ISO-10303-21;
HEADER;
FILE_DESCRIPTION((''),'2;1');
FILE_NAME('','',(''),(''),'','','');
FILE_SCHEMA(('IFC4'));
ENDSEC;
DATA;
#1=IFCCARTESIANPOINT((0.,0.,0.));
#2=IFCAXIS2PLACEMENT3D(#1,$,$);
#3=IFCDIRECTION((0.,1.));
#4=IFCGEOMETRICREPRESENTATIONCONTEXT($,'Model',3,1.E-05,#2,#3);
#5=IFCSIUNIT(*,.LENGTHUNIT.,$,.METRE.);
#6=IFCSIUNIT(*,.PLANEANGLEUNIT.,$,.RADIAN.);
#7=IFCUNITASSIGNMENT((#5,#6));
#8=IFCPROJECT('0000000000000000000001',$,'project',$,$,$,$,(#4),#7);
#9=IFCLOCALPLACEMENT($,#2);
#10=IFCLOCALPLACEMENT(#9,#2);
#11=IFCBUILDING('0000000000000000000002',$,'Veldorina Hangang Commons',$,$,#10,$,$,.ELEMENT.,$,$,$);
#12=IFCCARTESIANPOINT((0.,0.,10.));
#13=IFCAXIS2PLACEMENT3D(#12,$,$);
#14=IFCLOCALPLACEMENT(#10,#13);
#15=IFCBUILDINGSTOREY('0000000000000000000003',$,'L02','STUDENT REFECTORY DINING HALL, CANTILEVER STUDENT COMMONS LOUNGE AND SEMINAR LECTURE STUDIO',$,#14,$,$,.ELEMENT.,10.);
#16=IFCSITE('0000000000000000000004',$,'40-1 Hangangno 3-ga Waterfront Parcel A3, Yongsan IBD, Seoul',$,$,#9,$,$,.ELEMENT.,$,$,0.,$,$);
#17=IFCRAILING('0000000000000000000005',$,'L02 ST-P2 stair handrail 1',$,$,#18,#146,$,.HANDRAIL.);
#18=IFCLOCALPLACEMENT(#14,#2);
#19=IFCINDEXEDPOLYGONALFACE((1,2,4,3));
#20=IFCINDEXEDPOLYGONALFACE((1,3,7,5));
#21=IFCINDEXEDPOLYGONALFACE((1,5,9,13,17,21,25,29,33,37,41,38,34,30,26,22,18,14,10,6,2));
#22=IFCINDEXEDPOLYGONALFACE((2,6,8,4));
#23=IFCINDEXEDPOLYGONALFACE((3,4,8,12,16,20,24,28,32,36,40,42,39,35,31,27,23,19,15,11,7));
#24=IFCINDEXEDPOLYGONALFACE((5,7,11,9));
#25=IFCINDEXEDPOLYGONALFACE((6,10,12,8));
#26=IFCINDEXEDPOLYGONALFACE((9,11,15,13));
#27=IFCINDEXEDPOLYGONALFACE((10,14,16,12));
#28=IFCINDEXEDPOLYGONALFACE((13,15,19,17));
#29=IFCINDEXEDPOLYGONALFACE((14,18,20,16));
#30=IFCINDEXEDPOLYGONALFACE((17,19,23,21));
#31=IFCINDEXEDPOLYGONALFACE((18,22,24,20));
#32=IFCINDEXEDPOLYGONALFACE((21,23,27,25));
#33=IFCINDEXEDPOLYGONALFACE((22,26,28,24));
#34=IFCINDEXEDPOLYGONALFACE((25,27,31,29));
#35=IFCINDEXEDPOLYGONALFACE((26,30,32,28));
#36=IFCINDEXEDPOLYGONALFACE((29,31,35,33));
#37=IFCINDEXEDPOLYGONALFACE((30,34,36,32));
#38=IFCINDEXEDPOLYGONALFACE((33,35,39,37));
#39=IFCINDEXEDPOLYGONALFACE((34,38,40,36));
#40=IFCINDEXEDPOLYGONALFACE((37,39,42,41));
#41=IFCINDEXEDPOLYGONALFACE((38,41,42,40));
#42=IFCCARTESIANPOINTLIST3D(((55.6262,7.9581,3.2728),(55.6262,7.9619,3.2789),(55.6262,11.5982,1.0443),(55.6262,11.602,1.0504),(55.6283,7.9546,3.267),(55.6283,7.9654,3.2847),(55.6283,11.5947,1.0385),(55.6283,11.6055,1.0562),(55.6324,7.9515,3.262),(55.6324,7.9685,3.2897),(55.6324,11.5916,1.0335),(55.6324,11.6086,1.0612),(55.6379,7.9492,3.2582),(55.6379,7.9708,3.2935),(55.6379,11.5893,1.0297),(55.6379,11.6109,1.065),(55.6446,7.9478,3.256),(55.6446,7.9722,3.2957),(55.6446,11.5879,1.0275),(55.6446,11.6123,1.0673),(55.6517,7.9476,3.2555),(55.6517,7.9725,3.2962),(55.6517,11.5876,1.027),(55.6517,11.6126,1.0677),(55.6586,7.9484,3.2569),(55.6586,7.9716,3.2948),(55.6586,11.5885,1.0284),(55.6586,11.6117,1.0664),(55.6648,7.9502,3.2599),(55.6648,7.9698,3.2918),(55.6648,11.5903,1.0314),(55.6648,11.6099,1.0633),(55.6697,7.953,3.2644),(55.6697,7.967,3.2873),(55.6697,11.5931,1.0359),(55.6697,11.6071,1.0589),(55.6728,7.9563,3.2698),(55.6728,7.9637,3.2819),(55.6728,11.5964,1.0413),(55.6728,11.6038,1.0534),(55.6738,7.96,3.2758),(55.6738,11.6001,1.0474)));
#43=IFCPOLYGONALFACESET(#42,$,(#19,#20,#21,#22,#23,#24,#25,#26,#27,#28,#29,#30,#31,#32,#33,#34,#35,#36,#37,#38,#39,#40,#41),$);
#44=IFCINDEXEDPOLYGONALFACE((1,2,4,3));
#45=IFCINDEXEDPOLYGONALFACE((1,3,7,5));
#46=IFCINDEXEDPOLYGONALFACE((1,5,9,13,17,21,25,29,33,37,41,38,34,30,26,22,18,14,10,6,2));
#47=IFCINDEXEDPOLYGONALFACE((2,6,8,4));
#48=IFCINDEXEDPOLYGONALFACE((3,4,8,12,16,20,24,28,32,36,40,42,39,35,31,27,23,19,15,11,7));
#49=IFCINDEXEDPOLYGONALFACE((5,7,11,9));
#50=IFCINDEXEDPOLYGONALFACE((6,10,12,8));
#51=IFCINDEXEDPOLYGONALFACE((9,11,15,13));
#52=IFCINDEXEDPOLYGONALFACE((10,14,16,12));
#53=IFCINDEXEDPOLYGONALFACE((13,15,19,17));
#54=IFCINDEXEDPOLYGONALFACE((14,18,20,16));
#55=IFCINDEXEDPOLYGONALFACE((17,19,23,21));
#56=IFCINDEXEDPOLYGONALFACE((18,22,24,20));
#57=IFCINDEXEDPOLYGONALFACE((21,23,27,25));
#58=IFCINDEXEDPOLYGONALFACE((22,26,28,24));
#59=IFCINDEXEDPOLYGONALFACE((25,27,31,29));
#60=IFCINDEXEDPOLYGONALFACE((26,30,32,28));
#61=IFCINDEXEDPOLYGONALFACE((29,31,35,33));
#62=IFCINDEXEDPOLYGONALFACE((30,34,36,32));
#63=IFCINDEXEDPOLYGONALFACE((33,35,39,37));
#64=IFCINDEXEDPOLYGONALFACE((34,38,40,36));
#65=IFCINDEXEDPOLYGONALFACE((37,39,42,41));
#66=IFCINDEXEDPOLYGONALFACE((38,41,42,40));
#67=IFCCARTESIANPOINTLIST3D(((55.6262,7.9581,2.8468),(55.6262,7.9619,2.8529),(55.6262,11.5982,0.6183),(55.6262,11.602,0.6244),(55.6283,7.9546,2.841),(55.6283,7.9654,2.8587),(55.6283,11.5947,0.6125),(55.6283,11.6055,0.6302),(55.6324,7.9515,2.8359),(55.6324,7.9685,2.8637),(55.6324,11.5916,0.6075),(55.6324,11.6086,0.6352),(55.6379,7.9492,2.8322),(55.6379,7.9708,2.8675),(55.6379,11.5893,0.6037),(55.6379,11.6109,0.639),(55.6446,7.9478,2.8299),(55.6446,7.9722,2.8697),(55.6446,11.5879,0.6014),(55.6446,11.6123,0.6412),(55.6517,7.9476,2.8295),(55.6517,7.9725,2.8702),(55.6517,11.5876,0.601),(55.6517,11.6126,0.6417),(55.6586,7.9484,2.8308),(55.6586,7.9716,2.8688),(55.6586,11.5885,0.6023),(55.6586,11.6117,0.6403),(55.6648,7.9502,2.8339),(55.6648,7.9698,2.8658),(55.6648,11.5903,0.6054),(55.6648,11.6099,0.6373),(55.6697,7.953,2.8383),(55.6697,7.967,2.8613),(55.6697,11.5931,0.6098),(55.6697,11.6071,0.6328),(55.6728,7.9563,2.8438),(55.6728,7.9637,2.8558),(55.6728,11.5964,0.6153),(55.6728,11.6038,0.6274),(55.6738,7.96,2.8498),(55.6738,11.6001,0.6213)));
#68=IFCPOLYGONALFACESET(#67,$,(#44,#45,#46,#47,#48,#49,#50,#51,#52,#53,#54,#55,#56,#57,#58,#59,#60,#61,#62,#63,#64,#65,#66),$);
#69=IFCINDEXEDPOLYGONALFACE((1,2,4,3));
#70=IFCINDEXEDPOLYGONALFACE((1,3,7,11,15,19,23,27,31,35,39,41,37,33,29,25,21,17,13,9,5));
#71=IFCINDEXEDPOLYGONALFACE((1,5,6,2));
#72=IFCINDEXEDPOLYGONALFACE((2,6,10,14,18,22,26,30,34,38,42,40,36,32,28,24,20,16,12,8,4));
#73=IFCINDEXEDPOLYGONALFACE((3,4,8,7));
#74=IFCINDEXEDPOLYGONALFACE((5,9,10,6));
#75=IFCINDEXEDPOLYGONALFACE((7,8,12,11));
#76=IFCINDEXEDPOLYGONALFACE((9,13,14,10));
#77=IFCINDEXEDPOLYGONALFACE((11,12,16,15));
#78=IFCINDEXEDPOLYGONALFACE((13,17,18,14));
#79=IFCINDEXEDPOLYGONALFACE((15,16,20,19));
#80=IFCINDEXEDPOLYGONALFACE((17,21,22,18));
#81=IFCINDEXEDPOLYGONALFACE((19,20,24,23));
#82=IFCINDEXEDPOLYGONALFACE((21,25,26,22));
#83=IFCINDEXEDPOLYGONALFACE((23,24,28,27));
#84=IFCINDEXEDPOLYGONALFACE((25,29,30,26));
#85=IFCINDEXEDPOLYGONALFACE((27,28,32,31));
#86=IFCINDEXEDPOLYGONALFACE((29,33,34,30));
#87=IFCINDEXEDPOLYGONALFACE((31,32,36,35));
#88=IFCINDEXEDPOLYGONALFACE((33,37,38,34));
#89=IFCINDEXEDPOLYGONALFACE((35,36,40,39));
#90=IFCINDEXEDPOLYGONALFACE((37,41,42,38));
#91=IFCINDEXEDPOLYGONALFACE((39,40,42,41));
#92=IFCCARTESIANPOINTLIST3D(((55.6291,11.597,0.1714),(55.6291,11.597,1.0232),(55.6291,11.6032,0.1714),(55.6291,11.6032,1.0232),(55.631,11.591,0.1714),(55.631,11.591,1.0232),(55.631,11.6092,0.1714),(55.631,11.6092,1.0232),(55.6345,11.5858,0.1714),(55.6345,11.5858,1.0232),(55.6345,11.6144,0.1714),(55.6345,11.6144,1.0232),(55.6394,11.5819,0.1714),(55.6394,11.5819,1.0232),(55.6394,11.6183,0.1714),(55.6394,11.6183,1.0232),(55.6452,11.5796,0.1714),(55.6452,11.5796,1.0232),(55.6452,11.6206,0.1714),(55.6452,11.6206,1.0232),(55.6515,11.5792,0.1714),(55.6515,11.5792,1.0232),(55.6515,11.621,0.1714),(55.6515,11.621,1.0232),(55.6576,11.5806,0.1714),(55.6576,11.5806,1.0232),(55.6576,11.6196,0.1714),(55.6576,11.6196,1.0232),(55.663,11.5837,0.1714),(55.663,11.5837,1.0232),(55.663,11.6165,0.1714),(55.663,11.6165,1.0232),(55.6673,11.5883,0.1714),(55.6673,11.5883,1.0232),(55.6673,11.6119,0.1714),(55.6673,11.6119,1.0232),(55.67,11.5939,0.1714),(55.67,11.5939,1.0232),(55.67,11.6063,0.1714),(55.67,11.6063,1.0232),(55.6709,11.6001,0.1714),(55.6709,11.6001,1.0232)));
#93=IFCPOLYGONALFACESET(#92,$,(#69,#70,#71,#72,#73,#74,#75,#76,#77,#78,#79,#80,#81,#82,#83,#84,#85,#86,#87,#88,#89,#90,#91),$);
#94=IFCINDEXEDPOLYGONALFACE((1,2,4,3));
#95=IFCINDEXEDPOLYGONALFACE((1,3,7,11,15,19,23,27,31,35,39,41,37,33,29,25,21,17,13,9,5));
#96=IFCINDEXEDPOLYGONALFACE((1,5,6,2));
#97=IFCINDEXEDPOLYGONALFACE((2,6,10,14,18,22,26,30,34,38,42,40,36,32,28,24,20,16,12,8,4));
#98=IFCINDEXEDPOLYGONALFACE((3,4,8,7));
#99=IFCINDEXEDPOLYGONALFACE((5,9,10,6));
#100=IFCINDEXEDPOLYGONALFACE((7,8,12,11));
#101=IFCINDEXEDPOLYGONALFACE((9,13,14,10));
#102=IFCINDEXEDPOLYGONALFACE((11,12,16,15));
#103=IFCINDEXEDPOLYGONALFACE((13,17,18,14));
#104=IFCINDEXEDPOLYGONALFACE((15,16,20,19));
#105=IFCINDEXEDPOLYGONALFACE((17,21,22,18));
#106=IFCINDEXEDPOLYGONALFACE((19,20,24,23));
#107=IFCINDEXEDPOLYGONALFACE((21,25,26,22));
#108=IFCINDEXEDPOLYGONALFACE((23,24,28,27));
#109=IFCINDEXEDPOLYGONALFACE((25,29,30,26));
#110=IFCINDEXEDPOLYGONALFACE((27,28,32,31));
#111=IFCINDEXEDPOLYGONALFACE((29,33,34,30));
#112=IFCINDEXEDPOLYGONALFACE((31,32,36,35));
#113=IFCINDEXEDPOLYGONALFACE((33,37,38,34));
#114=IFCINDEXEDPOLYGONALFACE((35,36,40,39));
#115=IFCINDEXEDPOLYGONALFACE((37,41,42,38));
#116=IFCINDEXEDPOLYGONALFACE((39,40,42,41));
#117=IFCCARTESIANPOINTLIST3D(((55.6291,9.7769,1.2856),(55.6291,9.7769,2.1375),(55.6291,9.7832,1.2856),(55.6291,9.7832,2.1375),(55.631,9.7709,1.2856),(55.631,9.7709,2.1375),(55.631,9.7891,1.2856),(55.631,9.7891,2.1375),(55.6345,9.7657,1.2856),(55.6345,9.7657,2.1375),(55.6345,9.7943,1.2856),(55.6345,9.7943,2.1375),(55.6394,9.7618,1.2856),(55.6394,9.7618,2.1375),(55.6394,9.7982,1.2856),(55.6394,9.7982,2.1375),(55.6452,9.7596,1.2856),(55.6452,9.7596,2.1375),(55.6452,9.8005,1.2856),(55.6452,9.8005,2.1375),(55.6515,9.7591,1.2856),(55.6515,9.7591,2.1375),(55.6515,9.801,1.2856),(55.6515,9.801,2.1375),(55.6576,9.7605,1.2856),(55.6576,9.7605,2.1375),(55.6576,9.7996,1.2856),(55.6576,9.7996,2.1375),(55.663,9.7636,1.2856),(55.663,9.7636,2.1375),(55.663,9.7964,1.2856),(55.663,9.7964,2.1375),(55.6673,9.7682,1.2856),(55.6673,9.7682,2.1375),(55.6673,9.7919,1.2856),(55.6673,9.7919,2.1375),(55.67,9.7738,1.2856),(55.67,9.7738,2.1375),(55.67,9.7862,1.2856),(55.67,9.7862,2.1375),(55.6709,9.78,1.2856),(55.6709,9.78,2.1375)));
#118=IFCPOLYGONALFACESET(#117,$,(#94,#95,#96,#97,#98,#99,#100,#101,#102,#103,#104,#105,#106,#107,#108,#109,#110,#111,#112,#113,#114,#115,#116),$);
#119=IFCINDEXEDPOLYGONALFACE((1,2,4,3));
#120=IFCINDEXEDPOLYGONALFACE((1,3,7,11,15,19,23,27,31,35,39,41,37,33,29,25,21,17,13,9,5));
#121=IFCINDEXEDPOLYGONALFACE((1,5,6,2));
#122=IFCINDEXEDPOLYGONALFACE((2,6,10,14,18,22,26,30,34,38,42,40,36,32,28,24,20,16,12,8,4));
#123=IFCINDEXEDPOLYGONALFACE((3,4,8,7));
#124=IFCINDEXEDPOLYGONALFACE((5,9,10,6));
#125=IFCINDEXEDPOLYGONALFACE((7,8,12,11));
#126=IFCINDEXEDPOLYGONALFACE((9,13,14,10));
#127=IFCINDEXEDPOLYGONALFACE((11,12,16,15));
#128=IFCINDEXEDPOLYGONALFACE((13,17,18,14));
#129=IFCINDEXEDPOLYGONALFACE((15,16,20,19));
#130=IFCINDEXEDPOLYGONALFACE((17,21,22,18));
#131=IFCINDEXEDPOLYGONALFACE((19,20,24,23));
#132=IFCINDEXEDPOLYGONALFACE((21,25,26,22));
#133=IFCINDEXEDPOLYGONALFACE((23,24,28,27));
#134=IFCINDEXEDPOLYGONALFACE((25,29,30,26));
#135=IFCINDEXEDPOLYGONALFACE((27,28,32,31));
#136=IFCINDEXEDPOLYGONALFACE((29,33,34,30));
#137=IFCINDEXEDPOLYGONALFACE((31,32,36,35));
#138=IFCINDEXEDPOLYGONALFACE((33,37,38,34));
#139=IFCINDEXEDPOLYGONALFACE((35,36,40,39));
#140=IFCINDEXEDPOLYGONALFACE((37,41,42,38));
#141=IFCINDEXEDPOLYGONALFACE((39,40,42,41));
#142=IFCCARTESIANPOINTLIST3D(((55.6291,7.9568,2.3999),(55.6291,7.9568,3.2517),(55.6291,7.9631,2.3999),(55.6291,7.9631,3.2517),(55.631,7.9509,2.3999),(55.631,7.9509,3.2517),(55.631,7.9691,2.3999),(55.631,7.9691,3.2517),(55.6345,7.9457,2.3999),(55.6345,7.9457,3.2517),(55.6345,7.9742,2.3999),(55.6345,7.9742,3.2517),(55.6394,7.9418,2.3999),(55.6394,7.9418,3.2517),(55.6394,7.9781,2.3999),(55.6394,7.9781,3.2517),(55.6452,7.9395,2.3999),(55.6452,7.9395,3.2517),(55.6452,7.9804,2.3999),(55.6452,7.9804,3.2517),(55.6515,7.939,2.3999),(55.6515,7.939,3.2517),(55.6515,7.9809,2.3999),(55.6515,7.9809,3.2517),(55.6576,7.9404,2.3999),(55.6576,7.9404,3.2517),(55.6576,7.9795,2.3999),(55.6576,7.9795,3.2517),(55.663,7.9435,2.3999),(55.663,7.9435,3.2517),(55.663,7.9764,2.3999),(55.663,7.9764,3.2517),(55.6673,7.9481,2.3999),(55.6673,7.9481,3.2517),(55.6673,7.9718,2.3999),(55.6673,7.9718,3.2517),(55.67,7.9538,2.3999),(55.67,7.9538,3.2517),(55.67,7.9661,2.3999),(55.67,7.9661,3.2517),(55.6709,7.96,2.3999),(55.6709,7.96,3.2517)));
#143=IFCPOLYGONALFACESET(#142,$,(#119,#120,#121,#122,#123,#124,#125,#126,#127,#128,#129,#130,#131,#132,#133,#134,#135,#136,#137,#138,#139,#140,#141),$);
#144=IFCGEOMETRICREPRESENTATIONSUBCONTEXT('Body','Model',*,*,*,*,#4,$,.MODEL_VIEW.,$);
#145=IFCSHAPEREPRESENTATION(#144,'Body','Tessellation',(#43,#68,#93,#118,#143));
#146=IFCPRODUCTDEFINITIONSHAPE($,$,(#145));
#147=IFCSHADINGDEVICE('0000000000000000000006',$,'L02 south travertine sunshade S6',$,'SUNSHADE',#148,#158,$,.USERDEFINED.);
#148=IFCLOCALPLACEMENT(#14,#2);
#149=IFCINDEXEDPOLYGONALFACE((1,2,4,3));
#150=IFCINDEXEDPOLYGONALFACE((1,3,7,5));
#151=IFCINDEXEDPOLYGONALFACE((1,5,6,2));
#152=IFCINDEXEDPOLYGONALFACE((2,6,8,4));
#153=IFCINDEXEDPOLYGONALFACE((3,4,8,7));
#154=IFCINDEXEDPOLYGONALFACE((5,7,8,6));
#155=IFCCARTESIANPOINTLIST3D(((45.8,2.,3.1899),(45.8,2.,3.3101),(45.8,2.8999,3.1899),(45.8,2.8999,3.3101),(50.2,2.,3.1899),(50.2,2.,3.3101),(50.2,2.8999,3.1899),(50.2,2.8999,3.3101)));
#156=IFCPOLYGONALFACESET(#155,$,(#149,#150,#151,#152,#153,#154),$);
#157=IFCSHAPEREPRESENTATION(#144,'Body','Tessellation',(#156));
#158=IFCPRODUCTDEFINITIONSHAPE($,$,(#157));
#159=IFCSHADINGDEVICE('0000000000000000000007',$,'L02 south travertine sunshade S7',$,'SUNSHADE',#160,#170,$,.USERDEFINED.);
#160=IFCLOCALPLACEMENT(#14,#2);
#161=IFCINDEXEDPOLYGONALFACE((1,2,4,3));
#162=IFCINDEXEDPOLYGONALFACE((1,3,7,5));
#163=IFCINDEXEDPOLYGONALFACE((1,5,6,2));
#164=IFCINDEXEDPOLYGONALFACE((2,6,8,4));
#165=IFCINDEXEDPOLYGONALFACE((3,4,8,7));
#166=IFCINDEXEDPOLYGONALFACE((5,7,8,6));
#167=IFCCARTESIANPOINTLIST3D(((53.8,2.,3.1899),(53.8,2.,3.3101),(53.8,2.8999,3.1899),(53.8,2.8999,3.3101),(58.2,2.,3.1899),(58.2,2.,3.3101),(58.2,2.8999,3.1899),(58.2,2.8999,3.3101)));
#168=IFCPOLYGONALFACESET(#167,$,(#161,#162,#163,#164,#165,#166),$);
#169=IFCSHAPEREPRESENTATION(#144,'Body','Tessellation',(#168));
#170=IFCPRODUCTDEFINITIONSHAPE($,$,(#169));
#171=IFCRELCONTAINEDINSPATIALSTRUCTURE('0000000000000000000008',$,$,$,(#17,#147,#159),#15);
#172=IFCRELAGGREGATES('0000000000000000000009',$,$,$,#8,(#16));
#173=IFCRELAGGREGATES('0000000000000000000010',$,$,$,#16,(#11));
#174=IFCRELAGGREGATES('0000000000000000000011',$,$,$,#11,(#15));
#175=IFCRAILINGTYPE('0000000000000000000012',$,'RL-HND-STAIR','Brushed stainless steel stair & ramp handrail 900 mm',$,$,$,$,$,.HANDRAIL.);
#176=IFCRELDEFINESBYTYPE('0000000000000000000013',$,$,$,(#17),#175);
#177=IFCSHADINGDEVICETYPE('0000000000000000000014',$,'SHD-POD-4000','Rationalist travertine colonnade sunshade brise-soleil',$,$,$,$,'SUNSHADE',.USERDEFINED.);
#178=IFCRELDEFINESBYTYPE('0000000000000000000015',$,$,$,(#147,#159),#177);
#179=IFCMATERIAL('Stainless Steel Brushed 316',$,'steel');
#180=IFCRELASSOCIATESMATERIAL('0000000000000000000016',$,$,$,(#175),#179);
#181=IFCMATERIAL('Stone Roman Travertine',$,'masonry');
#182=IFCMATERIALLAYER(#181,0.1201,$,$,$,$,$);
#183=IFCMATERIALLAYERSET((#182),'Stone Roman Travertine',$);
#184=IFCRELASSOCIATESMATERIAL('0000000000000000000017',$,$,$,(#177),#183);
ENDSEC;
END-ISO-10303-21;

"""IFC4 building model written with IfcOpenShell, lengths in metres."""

from ifc_helpers import new_model, si_unit, direction, frame, origin, origin_2d, place, context, subcontext, project, spatial, rectangle, circle, extrude, material, layer, layer_set, type_object, element, save


model = new_model("IFC4")

# Units and contexts
model_context = context("Model", 3, precision=1e-05, world=origin(), true_north=direction((0.0, 1.0)))
body_context = subcontext(model_context, "Body", "Model", "MODEL_VIEW")
ifc_project = project(units=[si_unit("LENGTHUNIT", "METRE"), si_unit("PLANEANGLEUNIT", "RADIAN")], contexts=[model_context])

# Site, building, storey
site_placement = place(None, origin())
site = spatial("IfcSite", under=ifc_project, at=site_placement, Name="40-1 Hangangno 3-ga Waterfront Parcel A3, Yongsan IBD, Seoul", CompositionType="ELEMENT", RefElevation=0.0)
building_placement = place(site_placement, origin())
building = spatial("IfcBuilding", under=site, at=building_placement, Name="Veldorina Hangang Commons", CompositionType="ELEMENT")
storey_placement = place(building_placement, frame((0.0, 0.0, 10.0)))
storey = spatial("IfcBuildingStorey", under=building, at=storey_placement, Name="L02", Description="STUDENT REFECTORY DINING HALL, CANTILEVER STUDENT COMMONS LOUNGE AND SEMINAR LECTURE STUDIO", CompositionType="ELEMENT", Elevation=10.0)

# Shared definitions
ifc_material_1 = material(Name="Stone Roman Travertine", Category="masonry")

# Railing
ifc_material_2 = material(Name="Stainless Steel Brushed 316", Category="steel")
railing_type_1 = type_object("IfcRailingType", Name="RL-HND-STAIR", Description="Brushed stainless steel stair & ramp handrail 900 mm", PredefinedType="HANDRAIL", material=ifc_material_2)
railing_1_placement = place(storey_placement, frame((55.6499, 11.6001, 0.1714)))
element("IfcRailing", 1, at=railing_1_placement, inside=storey, type_object=railing_type_1, Name="L02 ST-P2 stair handrail 1", PredefinedType="HANDRAIL", context=body_context, shape_type="SweptSolid", body=[
    extrude(circle(Radius=0.0239, at=origin_2d()), frame((0.0, 0.0, 0.876), z_axis=(0.0, -0.852866, 0.52213), x_axis=(1.0, 0.0, 0.0)), (0.0, 0.0, 1.0), 4.2681),
    extrude(circle(Radius=0.0239, at=origin_2d()), frame((0.0, 0.0, 0.45), z_axis=(0.0, -0.852866, 0.52213), x_axis=(1.0, 0.0, 0.0)), (0.0, 0.0, 1.0), 4.2681),
    extrude(circle(Radius=0.021, at=origin_2d()), origin(), (0.0, 0.0, 1.0), 0.8518),
    extrude(circle(Radius=0.021, at=origin_2d()), frame((0.0, -1.8201, 1.1143)), (0.0, 0.0, 1.0), 0.8518),
    extrude(circle(Radius=0.021, at=origin_2d()), frame((0.0, -3.6401, 2.2285)), (0.0, 0.0, 1.0), 0.8518),
])

# Shading devices
ifc_layer_1 = layer(ifc_material_1, 0.1201)
ifc_layer_set_1 = layer_set([ifc_layer_1], Name="Stone Roman Travertine")
shading_device_type = type_object("IfcShadingDeviceType", Name="SHD-POD-4000", Description="Rationalist travertine colonnade sunshade brise-soleil", ElementType="SUNSHADE", PredefinedType="USERDEFINED", material=ifc_layer_set_1)
for number, where, z_axis, x_axis, name in (
    (2, (48.0, 2.45, 3.1899), (0.0, 0.0, 1.0), (1.0, 0.0, 0.0), "L02 south travertine sunshade S6"),
    (3, (56.0, 2.45, 3.1899), (0.0, 0.0, 1.0), (1.0, 0.0, 0.0), "L02 south travertine sunshade S7"),
):
    element("IfcShadingDevice", number, at=place(storey_placement, frame(where, z_axis=z_axis, x_axis=x_axis)), inside=storey, type_object=shading_device_type, Name=name, ObjectType="SUNSHADE", PredefinedType="USERDEFINED", context=body_context, shape_type="SweptSolid", body=[
        extrude(rectangle(XDim=4.3999, YDim=0.8999, at=origin_2d()), origin(), (0.0, 0.0, 1.0), 0.1201),
    ])

save(model, "model.ifc")
